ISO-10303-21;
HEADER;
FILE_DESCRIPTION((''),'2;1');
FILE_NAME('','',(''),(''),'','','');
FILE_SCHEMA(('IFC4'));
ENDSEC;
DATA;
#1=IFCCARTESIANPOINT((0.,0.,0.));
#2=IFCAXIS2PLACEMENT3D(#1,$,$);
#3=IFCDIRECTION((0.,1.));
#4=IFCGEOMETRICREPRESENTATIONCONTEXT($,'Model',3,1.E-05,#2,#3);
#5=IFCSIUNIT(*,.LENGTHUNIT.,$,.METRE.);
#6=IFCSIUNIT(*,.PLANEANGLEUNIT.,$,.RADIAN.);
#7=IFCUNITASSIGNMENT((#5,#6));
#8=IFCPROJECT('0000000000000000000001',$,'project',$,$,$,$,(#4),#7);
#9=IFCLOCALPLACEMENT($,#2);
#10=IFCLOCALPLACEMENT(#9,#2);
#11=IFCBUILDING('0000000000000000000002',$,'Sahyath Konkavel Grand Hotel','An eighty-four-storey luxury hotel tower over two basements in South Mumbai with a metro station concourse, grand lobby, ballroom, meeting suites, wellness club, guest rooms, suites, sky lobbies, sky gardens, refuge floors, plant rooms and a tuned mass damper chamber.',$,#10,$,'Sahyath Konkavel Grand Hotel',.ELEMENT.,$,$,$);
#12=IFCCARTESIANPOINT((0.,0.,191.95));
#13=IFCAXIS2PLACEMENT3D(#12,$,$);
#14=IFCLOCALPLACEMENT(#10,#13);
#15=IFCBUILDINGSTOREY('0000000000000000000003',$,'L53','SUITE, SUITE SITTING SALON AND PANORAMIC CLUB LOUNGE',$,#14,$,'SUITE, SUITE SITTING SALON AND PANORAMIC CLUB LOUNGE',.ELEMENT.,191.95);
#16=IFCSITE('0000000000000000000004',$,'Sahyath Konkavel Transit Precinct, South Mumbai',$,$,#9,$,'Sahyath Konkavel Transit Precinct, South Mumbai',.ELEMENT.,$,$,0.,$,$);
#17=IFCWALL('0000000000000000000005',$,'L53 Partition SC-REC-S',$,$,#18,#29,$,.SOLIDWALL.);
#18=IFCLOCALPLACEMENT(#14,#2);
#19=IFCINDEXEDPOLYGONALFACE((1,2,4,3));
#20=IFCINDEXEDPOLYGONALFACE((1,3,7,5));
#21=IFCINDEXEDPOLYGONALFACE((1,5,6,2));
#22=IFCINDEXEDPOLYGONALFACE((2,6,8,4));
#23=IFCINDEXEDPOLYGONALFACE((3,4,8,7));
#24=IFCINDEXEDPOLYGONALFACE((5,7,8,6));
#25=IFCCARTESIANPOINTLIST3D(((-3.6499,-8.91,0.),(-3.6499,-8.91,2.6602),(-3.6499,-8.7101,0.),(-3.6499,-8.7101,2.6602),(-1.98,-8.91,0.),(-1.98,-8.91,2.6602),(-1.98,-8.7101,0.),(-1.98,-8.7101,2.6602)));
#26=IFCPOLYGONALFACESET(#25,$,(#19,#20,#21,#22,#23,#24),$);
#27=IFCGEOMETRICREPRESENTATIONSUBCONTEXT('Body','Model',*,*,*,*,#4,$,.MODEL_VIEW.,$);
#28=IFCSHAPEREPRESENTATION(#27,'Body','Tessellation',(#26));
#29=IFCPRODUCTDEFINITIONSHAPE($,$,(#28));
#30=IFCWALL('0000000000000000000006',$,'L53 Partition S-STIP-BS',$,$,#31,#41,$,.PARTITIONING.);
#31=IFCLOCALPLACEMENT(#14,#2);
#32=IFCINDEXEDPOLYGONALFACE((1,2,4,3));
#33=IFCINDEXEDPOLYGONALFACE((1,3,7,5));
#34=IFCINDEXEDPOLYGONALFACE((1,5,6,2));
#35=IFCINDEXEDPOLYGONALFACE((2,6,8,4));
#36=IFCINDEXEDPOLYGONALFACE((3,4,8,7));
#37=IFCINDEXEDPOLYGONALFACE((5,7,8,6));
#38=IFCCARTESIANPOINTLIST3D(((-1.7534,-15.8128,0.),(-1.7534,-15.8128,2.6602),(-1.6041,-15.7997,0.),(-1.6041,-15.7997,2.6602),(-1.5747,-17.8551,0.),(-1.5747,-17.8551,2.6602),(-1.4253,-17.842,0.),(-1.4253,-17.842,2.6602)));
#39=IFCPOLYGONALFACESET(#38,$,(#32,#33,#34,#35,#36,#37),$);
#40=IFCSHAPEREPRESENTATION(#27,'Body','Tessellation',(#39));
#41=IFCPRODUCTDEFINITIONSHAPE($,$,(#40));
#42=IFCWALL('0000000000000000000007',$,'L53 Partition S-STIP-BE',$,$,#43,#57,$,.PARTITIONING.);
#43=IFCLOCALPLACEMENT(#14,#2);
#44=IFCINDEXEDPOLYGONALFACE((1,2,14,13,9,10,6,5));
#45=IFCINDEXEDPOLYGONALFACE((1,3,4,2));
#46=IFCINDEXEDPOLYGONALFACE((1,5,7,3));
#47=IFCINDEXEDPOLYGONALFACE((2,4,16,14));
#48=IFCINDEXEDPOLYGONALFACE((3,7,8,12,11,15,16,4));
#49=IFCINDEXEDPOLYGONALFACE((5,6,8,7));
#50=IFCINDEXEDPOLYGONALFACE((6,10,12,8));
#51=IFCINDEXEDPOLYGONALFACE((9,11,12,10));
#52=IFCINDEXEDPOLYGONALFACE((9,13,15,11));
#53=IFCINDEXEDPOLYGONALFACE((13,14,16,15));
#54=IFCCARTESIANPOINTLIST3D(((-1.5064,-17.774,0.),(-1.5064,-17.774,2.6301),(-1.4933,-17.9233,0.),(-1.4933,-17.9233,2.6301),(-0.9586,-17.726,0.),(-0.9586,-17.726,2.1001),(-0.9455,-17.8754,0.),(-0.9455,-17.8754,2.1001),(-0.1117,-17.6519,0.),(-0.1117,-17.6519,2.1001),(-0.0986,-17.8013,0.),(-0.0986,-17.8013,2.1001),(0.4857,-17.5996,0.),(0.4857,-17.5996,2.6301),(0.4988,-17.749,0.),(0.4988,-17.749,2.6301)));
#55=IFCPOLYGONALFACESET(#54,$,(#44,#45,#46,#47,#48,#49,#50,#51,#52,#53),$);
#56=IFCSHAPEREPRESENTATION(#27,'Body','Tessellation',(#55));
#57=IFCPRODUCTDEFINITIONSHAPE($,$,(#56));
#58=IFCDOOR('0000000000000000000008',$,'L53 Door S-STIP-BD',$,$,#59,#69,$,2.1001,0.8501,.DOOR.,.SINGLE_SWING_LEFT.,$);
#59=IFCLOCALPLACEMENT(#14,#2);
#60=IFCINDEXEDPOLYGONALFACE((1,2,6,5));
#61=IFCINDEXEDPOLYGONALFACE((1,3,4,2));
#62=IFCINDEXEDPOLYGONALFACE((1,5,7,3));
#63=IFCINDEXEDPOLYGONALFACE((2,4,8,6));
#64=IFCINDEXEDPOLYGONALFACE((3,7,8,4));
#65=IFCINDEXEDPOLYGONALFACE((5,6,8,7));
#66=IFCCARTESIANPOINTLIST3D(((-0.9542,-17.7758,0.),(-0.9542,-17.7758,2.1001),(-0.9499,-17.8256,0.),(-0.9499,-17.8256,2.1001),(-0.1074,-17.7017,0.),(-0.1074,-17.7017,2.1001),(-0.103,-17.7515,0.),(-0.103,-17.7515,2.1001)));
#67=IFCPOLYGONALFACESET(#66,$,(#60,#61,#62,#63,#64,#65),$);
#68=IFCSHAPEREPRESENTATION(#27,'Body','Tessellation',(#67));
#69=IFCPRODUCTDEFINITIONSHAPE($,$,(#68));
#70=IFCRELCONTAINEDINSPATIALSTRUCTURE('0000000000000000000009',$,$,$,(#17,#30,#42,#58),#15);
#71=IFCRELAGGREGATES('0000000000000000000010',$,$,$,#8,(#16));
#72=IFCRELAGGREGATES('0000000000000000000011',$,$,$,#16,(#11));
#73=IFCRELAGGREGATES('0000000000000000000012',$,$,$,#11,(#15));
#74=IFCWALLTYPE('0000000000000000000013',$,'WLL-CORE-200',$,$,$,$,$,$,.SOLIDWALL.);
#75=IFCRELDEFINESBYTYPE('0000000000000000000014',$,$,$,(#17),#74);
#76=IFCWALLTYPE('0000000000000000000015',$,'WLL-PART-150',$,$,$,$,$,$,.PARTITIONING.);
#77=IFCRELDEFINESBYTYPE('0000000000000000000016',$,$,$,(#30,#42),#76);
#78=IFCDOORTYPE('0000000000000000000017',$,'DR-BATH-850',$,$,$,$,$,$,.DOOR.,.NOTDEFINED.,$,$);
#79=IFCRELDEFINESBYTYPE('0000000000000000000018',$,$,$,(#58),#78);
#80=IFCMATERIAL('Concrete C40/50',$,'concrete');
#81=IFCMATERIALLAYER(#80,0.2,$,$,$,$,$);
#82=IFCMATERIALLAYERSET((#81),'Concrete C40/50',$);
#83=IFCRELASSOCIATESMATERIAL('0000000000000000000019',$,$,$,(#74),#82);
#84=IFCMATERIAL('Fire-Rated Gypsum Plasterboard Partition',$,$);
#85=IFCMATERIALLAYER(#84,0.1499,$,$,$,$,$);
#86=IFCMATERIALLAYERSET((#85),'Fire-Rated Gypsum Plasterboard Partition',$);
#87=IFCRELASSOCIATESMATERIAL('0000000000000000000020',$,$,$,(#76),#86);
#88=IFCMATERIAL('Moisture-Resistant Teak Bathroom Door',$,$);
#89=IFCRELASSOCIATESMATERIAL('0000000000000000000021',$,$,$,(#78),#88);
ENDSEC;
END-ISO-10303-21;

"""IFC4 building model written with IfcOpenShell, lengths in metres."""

from ifc_helpers import new_model, si_unit, direction, frame, frame_2d, origin, origin_2d, place, context, subcontext, project, spatial, rectangle, extrude, source, transform, mapped, material, layer, layer_set, type_object, element, fill, save


model = new_model("IFC4")

# Units and contexts
model_context = context("Model", 3, precision=1e-05, world=origin(), true_north=direction((0.0, 1.0)))
body_context = subcontext(model_context, "Body", "Model", "MODEL_VIEW")
ifc_project = project(units=[si_unit("LENGTHUNIT", "METRE"), si_unit("PLANEANGLEUNIT", "RADIAN")], contexts=[model_context])

# Site, building, storey
site_placement = place(None, origin())
site = spatial("IfcSite", under=ifc_project, at=site_placement, Name="Sahyath Konkavel Transit Precinct, South Mumbai", LongName="Sahyath Konkavel Transit Precinct, South Mumbai", CompositionType="ELEMENT", RefElevation=0.0)
building_placement = place(site_placement, origin())
building = spatial("IfcBuilding", under=site, at=building_placement, Name="Sahyath Konkavel Grand Hotel", Description="An eighty-four-storey luxury hotel tower over two basements in South Mumbai with a metro station concourse, grand lobby, ballroom, meeting suites, wellness club, guest rooms, suites, sky lobbies, sky gardens, refuge floors, plant rooms and a tuned mass damper chamber.", LongName="Sahyath Konkavel Grand Hotel", CompositionType="ELEMENT")
storey_placement = place(building_placement, frame((0.0, 0.0, 191.95)))
storey = spatial("IfcBuildingStorey", under=building, at=storey_placement, Name="L53", Description="SUITE, SUITE SITTING SALON AND PANORAMIC CLUB LOUNGE", LongName="SUITE, SUITE SITTING SALON AND PANORAMIC CLUB LOUNGE", CompositionType="ELEMENT", Elevation=191.95)

# Shared definitions
ifc_material_1 = material(Name="Concrete C40/50", Category="concrete")

# Shared definitions
ifc_layer_1 = layer(ifc_material_1, 0.2)
ifc_layer_set_1 = layer_set([ifc_layer_1], Name="Concrete C40/50")
wall_type_1 = type_object("IfcWallType", Name="WLL-CORE-200", PredefinedType="SOLIDWALL", material=ifc_layer_set_1)
shared_shape_1 = source(origin(), body_context, "Body", "SweptSolid", [
    extrude(rectangle(XDim=0.8501, YDim=0.05, at=origin_2d()), origin(), (0.0, 0.0, 1.0), 2.1001),
])

# Walls
wall_1_placement = place(storey_placement, frame((-3.6499, -8.8101, 0.0), z_axis=(0.0, 0.0, 1.0), x_axis=(1.0, 0.0, 0.0)))
element("IfcWall", 1, at=wall_1_placement, inside=storey, type_object=wall_type_1, Name="L53 Partition SC-REC-S", PredefinedType="SOLIDWALL", context=body_context, shape_type="SweptSolid", body=[
    extrude(rectangle(XDim=1.6699, YDim=0.2, at=frame_2d((0.835, 0.0))), origin(), (0.0, 0.0, 1.0), 2.6602),
])
ifc_material_2 = material(Name="Fire-Rated Gypsum Plasterboard Partition")
ifc_layer_2 = layer(ifc_material_2, 0.1499)
ifc_layer_set_2 = layer_set([ifc_layer_2], Name="Fire-Rated Gypsum Plasterboard Partition")
wall_type_2 = type_object("IfcWallType", Name="WLL-PART-150", PredefinedType="PARTITIONING", material=ifc_layer_set_2)
wall_2_placement = place(storey_placement, frame((-1.6787, -15.8064, 0.0), z_axis=(0.0, 0.0, 1.0), x_axis=(0.087174, -0.996193, 0.0)))
element("IfcWall", 2, at=wall_2_placement, inside=storey, type_object=wall_type_2, Name="L53 Partition S-STIP-BS", PredefinedType="PARTITIONING", context=body_context, shape_type="SweptSolid", body=[
    extrude(rectangle(XDim=2.05, YDim=0.1499, at=frame_2d((1.0249, 0.0))), origin(), (0.0, 0.0, 1.0), 2.6602),
])

# Wall, opening, door
wall_3_placement = place(storey_placement, frame((-1.5, -17.8486, 0.0), z_axis=(0.0, 0.0, 1.0), x_axis=(0.996194, 0.087167, 0.0)))
wall_3 = element("IfcWall", 3, at=wall_3_placement, inside=storey, type_object=wall_type_2, Name="L53 Partition S-STIP-BE", PredefinedType="PARTITIONING", context=body_context, shape_type="SweptSolid", body=[
    extrude(rectangle(XDim=1.9998, YDim=0.1499, at=frame_2d((1.0, 0.0))), origin(), (0.0, 0.0, 1.0), 2.6301),
])
opening_1_placement = place(wall_3_placement, frame((0.55, 0.0, 0.0)))
opening_1 = element("IfcOpeningElement", 4, at=opening_1_placement, cuts=wall_3, PredefinedType="OPENING", context=body_context, shape_type="SweptSolid", body=[
    extrude(rectangle(XDim=0.8501, YDim=2.1001, at=frame_2d((0.425, 1.05))), frame((0.0, 0.085, 0.0), z_axis=(0.0, -1.0, 0.0), x_axis=(1.0, 0.0, 0.0)), (0.0, 0.0, 1.0), 0.1699),
])
ifc_material_3 = material(Name="Moisture-Resistant Teak Bathroom Door")
door_type_1 = type_object("IfcDoorType", Name="DR-BATH-850", OperationType="NOTDEFINED", PredefinedType="DOOR", material=ifc_material_3)
door_1_placement = place(opening_1_placement, frame((0.425, 0.0, 0.0)))
door_1 = element("IfcDoor", 5, at=door_1_placement, inside=storey, type_object=door_type_1, Name="L53 Door S-STIP-BD", OperationType="SINGLE_SWING_LEFT", OverallHeight=2.1001, OverallWidth=0.8501, PredefinedType="DOOR", context=body_context, shape_type="MappedRepresentation", body=[
    mapped(shared_shape_1, transform((0.0, 0.0, 0.0), scale=1.0)),
])
fill(opening_1, door_1)

save(model, "model.ifc")
